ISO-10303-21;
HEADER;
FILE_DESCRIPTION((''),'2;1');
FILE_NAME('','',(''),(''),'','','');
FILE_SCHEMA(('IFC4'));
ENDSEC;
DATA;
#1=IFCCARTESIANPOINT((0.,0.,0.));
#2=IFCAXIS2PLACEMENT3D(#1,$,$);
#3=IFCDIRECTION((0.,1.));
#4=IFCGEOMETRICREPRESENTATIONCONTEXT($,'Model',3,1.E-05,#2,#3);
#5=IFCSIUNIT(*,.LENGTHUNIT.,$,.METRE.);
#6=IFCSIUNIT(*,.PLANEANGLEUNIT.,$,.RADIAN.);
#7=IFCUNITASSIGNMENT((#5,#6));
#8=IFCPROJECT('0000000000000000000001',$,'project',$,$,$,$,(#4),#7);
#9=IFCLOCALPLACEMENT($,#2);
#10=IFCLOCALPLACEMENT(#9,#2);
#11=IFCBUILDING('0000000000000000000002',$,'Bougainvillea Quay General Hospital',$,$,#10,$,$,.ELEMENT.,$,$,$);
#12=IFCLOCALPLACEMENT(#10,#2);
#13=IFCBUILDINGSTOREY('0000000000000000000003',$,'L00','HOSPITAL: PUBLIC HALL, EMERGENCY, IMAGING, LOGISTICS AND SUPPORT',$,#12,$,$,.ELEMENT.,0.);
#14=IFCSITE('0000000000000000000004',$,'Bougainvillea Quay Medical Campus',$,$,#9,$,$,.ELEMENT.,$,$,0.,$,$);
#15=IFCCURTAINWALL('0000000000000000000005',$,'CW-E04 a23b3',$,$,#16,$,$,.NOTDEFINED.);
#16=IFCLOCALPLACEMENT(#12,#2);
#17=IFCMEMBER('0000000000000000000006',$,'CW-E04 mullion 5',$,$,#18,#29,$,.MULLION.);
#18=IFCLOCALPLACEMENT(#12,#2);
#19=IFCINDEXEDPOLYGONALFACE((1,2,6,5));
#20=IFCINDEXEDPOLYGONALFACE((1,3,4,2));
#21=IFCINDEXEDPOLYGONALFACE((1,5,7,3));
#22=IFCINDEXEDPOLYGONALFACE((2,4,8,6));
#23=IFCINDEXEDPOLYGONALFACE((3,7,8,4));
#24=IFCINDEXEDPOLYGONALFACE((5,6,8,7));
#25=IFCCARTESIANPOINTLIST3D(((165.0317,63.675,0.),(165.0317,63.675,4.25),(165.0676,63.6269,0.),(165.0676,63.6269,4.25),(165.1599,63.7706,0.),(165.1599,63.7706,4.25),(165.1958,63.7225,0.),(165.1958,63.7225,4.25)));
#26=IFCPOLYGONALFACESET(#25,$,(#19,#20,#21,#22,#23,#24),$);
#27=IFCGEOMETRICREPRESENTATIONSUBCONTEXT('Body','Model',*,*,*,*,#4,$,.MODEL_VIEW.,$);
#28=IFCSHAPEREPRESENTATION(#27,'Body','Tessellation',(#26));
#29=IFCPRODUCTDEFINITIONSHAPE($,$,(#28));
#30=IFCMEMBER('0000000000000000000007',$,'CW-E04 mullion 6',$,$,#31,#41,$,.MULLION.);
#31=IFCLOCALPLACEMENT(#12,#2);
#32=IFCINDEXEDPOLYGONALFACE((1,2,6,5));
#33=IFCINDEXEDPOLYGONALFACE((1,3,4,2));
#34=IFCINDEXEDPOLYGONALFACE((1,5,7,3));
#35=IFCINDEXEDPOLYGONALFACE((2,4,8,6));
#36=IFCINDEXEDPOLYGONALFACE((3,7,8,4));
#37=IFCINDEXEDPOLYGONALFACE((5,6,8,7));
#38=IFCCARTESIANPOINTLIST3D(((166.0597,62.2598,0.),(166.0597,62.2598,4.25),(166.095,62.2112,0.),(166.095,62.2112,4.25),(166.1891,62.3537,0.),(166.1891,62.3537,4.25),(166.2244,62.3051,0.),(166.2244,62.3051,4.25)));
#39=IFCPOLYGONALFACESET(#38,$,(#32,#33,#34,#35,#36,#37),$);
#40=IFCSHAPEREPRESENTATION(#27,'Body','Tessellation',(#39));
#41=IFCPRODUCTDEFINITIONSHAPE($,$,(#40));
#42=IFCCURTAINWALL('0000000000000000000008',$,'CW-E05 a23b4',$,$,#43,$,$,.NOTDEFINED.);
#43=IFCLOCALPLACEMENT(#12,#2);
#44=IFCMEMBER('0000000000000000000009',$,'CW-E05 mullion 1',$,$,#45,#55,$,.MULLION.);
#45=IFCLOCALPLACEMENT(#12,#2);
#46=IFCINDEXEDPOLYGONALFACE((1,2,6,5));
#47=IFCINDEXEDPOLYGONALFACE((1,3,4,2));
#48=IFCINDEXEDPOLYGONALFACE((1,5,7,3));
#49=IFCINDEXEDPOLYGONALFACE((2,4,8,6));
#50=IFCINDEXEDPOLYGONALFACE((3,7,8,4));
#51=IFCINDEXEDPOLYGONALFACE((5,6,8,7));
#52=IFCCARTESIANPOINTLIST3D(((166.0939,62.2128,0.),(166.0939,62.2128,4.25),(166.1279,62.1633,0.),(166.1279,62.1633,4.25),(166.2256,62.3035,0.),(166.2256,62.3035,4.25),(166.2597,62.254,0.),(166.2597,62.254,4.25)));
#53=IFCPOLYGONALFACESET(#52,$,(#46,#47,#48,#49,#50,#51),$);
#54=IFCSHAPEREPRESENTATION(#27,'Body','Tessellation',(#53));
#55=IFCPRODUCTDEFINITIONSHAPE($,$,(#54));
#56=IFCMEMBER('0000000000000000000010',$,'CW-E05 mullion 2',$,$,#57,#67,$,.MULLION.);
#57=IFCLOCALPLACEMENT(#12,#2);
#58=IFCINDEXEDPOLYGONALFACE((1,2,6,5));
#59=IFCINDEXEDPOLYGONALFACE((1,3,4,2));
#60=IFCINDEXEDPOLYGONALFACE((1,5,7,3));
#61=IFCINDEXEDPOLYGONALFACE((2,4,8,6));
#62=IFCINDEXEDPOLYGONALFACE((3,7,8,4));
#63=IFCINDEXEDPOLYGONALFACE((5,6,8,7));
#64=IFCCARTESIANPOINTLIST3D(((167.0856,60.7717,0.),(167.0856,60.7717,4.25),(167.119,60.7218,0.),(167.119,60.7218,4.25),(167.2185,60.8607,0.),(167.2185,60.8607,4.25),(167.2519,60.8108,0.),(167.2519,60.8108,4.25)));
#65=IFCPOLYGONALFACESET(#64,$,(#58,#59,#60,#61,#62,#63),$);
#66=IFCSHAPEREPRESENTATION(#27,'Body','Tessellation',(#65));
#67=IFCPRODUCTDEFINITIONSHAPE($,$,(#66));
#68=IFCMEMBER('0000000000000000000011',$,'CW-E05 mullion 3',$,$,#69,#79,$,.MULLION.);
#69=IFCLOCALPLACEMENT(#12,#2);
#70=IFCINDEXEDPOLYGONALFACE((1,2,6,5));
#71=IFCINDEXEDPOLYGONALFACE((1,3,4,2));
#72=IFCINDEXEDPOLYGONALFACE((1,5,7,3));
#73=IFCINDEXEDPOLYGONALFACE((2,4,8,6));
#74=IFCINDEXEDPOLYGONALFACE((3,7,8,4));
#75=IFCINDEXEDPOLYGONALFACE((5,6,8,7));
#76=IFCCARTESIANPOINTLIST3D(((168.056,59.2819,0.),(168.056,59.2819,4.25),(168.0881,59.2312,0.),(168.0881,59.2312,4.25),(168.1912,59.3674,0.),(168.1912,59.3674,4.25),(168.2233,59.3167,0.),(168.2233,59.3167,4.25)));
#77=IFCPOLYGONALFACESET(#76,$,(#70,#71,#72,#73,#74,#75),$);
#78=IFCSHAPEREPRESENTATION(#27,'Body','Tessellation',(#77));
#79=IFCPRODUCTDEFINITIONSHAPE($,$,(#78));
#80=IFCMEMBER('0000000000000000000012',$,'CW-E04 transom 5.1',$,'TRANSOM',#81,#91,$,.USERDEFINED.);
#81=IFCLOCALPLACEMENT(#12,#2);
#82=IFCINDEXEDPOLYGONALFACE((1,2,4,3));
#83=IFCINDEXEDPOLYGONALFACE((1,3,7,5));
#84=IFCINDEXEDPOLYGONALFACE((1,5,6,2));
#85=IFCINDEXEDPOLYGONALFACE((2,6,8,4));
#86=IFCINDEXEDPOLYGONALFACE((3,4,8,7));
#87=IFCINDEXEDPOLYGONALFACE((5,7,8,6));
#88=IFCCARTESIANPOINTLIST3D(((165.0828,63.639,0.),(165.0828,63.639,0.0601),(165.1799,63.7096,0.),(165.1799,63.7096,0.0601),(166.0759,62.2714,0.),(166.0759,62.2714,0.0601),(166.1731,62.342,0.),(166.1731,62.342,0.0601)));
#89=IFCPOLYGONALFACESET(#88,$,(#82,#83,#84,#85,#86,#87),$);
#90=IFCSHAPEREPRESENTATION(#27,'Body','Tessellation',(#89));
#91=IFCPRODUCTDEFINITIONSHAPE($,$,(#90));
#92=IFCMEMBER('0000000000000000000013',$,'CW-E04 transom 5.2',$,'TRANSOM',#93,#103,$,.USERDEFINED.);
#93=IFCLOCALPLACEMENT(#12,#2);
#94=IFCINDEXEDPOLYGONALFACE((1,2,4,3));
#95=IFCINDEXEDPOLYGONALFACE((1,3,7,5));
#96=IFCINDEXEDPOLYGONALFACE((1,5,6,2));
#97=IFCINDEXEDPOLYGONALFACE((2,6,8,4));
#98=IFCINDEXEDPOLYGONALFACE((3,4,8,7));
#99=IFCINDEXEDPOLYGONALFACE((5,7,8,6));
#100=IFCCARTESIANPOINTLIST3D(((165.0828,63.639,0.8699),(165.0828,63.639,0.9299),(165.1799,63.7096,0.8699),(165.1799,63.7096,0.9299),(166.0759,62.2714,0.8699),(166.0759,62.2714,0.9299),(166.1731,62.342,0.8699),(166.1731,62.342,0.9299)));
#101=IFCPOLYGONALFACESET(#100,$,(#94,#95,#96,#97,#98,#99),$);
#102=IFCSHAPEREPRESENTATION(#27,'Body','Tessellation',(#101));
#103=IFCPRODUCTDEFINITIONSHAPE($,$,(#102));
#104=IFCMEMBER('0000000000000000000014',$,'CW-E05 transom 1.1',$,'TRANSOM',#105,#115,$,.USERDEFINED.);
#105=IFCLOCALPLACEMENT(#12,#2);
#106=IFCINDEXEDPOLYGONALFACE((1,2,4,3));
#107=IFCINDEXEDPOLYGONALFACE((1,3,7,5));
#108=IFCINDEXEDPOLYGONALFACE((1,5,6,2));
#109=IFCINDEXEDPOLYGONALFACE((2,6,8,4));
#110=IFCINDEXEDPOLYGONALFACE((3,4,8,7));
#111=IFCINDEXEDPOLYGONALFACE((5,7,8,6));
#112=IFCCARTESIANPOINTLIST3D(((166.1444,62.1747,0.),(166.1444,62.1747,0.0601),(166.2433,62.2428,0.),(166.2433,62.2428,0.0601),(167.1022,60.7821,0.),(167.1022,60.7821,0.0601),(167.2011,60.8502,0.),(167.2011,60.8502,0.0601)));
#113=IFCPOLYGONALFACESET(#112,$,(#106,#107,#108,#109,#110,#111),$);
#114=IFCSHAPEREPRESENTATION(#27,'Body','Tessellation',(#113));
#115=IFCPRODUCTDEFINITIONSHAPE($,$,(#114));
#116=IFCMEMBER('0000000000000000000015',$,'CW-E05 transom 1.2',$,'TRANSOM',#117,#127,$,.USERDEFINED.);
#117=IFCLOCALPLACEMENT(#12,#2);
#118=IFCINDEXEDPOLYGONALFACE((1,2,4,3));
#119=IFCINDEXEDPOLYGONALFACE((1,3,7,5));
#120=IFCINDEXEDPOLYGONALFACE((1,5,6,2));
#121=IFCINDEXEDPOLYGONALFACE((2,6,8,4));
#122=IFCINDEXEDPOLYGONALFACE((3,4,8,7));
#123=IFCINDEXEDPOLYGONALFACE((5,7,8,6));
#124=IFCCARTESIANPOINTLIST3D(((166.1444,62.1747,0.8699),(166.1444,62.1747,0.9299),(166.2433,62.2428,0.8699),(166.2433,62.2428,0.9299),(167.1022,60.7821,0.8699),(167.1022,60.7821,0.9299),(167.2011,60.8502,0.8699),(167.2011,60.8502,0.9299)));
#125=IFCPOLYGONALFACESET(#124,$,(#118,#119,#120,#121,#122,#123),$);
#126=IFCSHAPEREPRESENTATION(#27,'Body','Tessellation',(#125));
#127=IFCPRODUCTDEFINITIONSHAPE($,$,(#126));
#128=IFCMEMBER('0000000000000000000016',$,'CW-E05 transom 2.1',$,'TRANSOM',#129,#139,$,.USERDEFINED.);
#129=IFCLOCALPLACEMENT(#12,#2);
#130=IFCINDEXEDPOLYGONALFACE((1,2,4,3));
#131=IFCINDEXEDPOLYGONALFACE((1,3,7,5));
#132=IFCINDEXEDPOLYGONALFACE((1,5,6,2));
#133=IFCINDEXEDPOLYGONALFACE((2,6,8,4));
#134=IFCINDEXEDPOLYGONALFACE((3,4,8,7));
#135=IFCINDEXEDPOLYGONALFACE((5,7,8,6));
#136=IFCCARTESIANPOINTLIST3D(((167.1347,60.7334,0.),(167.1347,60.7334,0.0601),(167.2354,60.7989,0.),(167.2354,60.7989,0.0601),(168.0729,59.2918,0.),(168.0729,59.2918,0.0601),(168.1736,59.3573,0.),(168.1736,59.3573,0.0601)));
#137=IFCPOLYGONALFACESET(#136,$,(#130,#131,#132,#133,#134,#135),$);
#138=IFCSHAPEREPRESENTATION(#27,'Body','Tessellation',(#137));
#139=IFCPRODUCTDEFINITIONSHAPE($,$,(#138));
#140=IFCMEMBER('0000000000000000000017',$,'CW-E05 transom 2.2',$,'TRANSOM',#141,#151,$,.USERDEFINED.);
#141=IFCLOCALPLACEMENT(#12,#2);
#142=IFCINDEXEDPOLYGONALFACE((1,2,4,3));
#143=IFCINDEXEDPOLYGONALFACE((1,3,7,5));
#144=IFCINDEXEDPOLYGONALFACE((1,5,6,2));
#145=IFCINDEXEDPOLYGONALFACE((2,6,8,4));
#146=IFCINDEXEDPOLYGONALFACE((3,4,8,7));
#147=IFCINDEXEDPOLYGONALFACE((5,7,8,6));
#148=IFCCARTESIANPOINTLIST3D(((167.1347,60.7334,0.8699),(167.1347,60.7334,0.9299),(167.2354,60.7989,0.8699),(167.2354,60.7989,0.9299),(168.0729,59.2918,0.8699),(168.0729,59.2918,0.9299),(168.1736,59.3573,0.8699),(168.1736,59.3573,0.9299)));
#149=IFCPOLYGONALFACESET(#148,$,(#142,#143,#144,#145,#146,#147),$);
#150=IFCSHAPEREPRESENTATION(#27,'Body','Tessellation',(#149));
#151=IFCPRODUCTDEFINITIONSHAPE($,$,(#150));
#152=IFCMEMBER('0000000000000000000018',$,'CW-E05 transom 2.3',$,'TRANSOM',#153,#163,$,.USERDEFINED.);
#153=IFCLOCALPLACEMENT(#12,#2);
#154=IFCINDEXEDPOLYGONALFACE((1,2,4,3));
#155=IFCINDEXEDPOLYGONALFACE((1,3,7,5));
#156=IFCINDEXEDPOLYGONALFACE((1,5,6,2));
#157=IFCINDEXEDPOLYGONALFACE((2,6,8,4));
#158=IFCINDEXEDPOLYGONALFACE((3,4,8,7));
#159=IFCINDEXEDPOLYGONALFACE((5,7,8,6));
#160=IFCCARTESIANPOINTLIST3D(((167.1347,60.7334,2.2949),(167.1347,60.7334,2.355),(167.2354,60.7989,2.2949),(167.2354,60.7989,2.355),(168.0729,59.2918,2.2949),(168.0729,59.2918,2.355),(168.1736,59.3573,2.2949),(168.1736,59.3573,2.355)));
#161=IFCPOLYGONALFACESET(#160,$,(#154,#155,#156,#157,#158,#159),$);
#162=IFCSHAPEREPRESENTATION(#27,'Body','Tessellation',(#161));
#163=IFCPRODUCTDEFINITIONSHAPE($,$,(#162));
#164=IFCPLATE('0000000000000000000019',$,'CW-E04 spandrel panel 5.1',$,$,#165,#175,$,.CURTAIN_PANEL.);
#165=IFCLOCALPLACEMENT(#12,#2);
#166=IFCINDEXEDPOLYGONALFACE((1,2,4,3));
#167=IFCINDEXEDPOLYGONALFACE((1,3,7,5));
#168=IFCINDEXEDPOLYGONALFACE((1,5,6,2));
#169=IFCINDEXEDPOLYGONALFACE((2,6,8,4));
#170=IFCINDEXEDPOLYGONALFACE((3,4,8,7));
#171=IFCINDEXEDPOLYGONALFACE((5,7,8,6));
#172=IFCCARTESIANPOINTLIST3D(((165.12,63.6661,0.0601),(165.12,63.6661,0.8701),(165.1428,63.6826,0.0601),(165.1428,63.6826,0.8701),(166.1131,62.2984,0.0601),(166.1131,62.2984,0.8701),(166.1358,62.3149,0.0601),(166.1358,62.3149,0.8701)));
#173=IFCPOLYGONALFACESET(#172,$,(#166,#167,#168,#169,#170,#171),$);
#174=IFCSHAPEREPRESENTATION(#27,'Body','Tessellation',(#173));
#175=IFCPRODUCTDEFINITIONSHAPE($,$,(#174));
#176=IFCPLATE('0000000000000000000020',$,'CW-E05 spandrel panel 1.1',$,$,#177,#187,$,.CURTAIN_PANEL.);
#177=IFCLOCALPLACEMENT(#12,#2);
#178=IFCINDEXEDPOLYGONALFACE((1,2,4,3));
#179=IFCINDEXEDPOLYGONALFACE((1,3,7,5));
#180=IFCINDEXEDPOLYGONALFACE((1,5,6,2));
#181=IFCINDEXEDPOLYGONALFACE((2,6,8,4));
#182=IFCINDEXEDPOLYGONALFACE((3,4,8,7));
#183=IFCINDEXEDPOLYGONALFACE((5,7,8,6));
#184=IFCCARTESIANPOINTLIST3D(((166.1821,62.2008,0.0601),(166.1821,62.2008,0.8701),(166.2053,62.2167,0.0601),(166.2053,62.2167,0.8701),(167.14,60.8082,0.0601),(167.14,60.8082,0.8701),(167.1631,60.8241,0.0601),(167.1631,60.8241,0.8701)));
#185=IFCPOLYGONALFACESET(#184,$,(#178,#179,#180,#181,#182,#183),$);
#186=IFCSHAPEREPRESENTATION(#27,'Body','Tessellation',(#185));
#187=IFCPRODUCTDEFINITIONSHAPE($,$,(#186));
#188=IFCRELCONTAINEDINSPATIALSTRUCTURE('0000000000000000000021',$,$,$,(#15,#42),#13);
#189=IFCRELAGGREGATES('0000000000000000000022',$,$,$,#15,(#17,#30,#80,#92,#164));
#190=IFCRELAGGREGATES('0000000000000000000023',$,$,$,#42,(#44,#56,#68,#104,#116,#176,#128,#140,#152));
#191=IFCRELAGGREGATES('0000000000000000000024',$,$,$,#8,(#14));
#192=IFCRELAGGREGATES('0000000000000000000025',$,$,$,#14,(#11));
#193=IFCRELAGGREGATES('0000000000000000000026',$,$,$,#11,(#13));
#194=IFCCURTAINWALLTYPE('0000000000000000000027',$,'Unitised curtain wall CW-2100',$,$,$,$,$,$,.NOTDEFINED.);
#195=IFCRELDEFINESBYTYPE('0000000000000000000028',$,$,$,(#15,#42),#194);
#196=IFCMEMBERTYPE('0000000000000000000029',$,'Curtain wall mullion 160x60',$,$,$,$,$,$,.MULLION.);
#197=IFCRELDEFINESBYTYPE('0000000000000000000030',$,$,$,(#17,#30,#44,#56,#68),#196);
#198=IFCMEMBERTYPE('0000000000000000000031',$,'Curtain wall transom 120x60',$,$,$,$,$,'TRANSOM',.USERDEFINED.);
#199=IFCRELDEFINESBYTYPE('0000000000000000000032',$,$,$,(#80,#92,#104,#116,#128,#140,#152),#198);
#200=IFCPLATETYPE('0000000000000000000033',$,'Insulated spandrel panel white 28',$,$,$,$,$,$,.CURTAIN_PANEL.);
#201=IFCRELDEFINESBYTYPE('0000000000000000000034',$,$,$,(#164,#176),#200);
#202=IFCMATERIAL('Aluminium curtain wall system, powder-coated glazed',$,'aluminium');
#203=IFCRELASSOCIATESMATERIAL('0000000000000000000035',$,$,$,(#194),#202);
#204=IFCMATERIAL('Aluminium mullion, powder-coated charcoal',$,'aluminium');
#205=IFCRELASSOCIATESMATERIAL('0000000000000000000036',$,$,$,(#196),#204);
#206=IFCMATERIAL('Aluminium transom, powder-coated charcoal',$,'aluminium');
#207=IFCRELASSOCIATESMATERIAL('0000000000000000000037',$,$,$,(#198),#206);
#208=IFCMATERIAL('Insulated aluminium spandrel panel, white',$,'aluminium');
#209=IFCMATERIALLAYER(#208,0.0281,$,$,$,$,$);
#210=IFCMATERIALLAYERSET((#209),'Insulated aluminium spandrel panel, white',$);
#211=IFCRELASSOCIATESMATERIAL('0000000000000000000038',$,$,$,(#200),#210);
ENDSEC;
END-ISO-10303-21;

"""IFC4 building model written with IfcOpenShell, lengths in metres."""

from ifc_helpers import new_model, si_unit, direction, frame, origin, origin_2d, place, context, subcontext, project, spatial, rectangle, extrude, material, layer, layer_set, material_profile, profile_set, type_object, element, aggregate, save


model = new_model("IFC4")

# Units and contexts
model_context = context("Model", 3, precision=1e-05, world=origin(), true_north=direction((0.0, 1.0)))
body_context = subcontext(model_context, "Body", "Model", "MODEL_VIEW")
ifc_project = project(units=[si_unit("LENGTHUNIT", "METRE"), si_unit("PLANEANGLEUNIT", "RADIAN")], contexts=[model_context])

# Site, building, storey
site_placement = place(None, origin())
site = spatial("IfcSite", under=ifc_project, at=site_placement, Name="Bougainvillea Quay Medical Campus", CompositionType="ELEMENT", RefElevation=0.0)
building_placement = place(site_placement, origin())
building = spatial("IfcBuilding", under=site, at=building_placement, Name="Bougainvillea Quay General Hospital", CompositionType="ELEMENT")
storey_placement = place(building_placement, origin())
storey = spatial("IfcBuildingStorey", under=building, at=storey_placement, Name="L00", Description="HOSPITAL: PUBLIC HALL, EMERGENCY, IMAGING, LOGISTICS AND SUPPORT", CompositionType="ELEMENT", Elevation=0.0)

# Curtain walls, members
ifc_material_1 = material(Name="Aluminium curtain wall system, powder-coated glazed", Category="aluminium")
curtain_wall_type = type_object("IfcCurtainWallType", Name="Unitised curtain wall CW-2100", PredefinedType="NOTDEFINED", material=ifc_material_1)
curtain_wall_1_placement = place(storey_placement, origin())
curtain_wall_1 = element("IfcCurtainWall", 1, at=curtain_wall_1_placement, inside=storey, type_object=curtain_wall_type, Name="CW-E04 a23b3", PredefinedType="NOTDEFINED")
ifc_material_2 = material(Name="Aluminium mullion, powder-coated charcoal", Category="aluminium")
ifc_material_profile_1 = material_profile(ifc_material_2, rectangle(XDim=0.1599, YDim=0.0601, at=origin_2d()))
ifc_profile_set_1 = profile_set([ifc_material_profile_1], Name="Aluminium mullion, powder-coated charcoal")
member_type_1 = type_object("IfcMemberType", Name="Curtain wall mullion 160x60", PredefinedType="MULLION", material=ifc_profile_set_1)
member_1_placement = place(storey_placement, frame((165.1138, 63.6987, 0.0), z_axis=(0.0, 0.0, 1.0), x_axis=(0.801625, 0.597827, 0.0)))
member_1 = element("IfcMember", 2, at=member_1_placement, type_object=member_type_1, Name="CW-E04 mullion 5", PredefinedType="MULLION", context=body_context, shape_type="SweptSolid", body=[
    extrude(rectangle(XDim=0.1599, YDim=0.0601, at=origin_2d()), origin(), (0.0, 0.0, 1.0), 4.25),
])
member_2_placement = place(storey_placement, frame((166.1421, 62.2825, 0.0), z_axis=(0.0, 0.0, 1.0), x_axis=(0.809189, 0.587548, 0.0)))
member_2 = element("IfcMember", 3, at=member_2_placement, type_object=member_type_1, Name="CW-E04 mullion 6", PredefinedType="MULLION", context=body_context, shape_type="SweptSolid", body=[
    extrude(rectangle(XDim=0.1599, YDim=0.0601, at=origin_2d()), origin(), (0.0, 0.0, 1.0), 4.25),
])
curtain_wall_2_placement = place(storey_placement, origin())
curtain_wall_2 = element("IfcCurtainWall", 4, at=curtain_wall_2_placement, inside=storey, type_object=curtain_wall_type, Name="CW-E05 a23b4", PredefinedType="NOTDEFINED")
member_3_placement = place(storey_placement, frame((166.1768, 62.2334, 0.0), z_axis=(0.0, 0.0, 1.0), x_axis=(0.823921, 0.566705, 0.0)))
member_3 = element("IfcMember", 5, at=member_3_placement, type_object=member_type_1, Name="CW-E05 mullion 1", PredefinedType="MULLION", context=body_context, shape_type="SweptSolid", body=[
    extrude(rectangle(XDim=0.1599, YDim=0.0601, at=origin_2d()), origin(), (0.0, 0.0, 1.0), 4.25),
])
member_4_placement = place(storey_placement, frame((167.1687, 60.7913, 0.0), z_axis=(0.0, 0.0, 1.0), x_axis=(0.831085, 0.556145, 0.0)))
member_4 = element("IfcMember", 6, at=member_4_placement, type_object=member_type_1, Name="CW-E05 mullion 2", PredefinedType="MULLION", context=body_context, shape_type="SweptSolid", body=[
    extrude(rectangle(XDim=0.1599, YDim=0.0601, at=origin_2d()), origin(), (0.0, 0.0, 1.0), 4.25),
])
member_5_placement = place(storey_placement, frame((168.1396, 59.2993, 0.0), z_axis=(0.0, 0.0, 1.0), x_axis=(0.845008, 0.534754, 0.0)))
member_5 = element("IfcMember", 7, at=member_5_placement, type_object=member_type_1, Name="CW-E05 mullion 3", PredefinedType="MULLION", context=body_context, shape_type="SweptSolid", body=[
    extrude(rectangle(XDim=0.1599, YDim=0.0601, at=origin_2d()), origin(), (0.0, 0.0, 1.0), 4.25),
])

# Members
ifc_material_3 = material(Name="Aluminium transom, powder-coated charcoal", Category="aluminium")
ifc_material_profile_2 = material_profile(ifc_material_3, rectangle(XDim=0.1201, YDim=0.0601, at=origin_2d()))
ifc_profile_set_2 = profile_set([ifc_material_profile_2], Name="Aluminium transom, powder-coated charcoal")
member_type_2 = type_object("IfcMemberType", Name="Curtain wall transom 120x60", ElementType="TRANSOM", PredefinedType="USERDEFINED", material=ifc_profile_set_2)
member_6_placement = place(storey_placement, frame((165.1313, 63.6743, 0.03), z_axis=(0.587588, -0.809161, 0.0), x_axis=(0.809161, 0.587588, 0.0)))
member_6 = element("IfcMember", 8, at=member_6_placement, type_object=member_type_2, Name="CW-E04 transom 5.1", ObjectType="TRANSOM", PredefinedType="USERDEFINED", context=body_context, shape_type="SweptSolid", body=[
    extrude(rectangle(XDim=0.1201, YDim=0.0601, at=origin_2d()), origin(), (0.0, 0.0, 1.0), 1.6902),
])
member_7_placement = place(storey_placement, frame((165.1313, 63.6743, 0.8999), z_axis=(0.587588, -0.809161, 0.0), x_axis=(0.809161, 0.587588, 0.0)))
member_7 = element("IfcMember", 9, at=member_7_placement, type_object=member_type_2, Name="CW-E04 transom 5.2", ObjectType="TRANSOM", PredefinedType="USERDEFINED", context=body_context, shape_type="SweptSolid", body=[
    extrude(rectangle(XDim=0.1201, YDim=0.0601, at=origin_2d()), origin(), (0.0, 0.0, 1.0), 1.6902),
])
member_8_placement = place(storey_placement, frame((166.1938, 62.2087, 0.03), z_axis=(0.566676, -0.823941, 0.0), x_axis=(0.823941, 0.566676, 0.0)))
member_8 = element("IfcMember", 10, at=member_8_placement, type_object=member_type_2, Name="CW-E05 transom 1.1", ObjectType="TRANSOM", PredefinedType="USERDEFINED", context=body_context, shape_type="SweptSolid", body=[
    extrude(rectangle(XDim=0.1201, YDim=0.0601, at=origin_2d()), origin(), (0.0, 0.0, 1.0), 1.6902),
])
member_9_placement = place(storey_placement, frame((166.1938, 62.2087, 0.8999), z_axis=(0.566676, -0.823941, 0.0), x_axis=(0.823941, 0.566676, 0.0)))
member_9 = element("IfcMember", 11, at=member_9_placement, type_object=member_type_2, Name="CW-E05 transom 1.2", ObjectType="TRANSOM", PredefinedType="USERDEFINED", context=body_context, shape_type="SweptSolid", body=[
    extrude(rectangle(XDim=0.1201, YDim=0.0601, at=origin_2d()), origin(), (0.0, 0.0, 1.0), 1.6902),
])
member_10_placement = place(storey_placement, frame((167.1851, 60.7661, 0.03), z_axis=(0.545462, -0.838135, 0.0), x_axis=(0.838135, 0.545462, 0.0)))
member_10 = element("IfcMember", 12, at=member_10_placement, type_object=member_type_2, Name="CW-E05 transom 2.1", ObjectType="TRANSOM", PredefinedType="USERDEFINED", context=body_context, shape_type="SweptSolid", body=[
    extrude(rectangle(XDim=0.1201, YDim=0.0601, at=origin_2d()), origin(), (0.0, 0.0, 1.0), 1.72),
])
member_11_placement = place(storey_placement, frame((167.1851, 60.7661, 0.8999), z_axis=(0.545462, -0.838135, 0.0), x_axis=(0.838135, 0.545462, 0.0)))
member_11 = element("IfcMember", 13, at=member_11_placement, type_object=member_type_2, Name="CW-E05 transom 2.2", ObjectType="TRANSOM", PredefinedType="USERDEFINED", context=body_context, shape_type="SweptSolid", body=[
    extrude(rectangle(XDim=0.1201, YDim=0.0601, at=origin_2d()), origin(), (0.0, 0.0, 1.0), 1.72),
])
member_12_placement = place(storey_placement, frame((167.1851, 60.7661, 2.325), z_axis=(0.545462, -0.838135, 0.0), x_axis=(0.838135, 0.545462, 0.0)))
member_12 = element("IfcMember", 14, at=member_12_placement, type_object=member_type_2, Name="CW-E05 transom 2.3", ObjectType="TRANSOM", PredefinedType="USERDEFINED", context=body_context, shape_type="SweptSolid", body=[
    extrude(rectangle(XDim=0.1201, YDim=0.0601, at=origin_2d()), origin(), (0.0, 0.0, 1.0), 1.72),
])

# Plates
ifc_material_4 = material(Name="Insulated aluminium spandrel panel, white", Category="aluminium")
ifc_layer_1 = layer(ifc_material_4, 0.0281)
ifc_layer_set_1 = layer_set([ifc_layer_1], Name="Insulated aluminium spandrel panel, white")
plate_type_1 = type_object("IfcPlateType", Name="Insulated spandrel panel white 28", PredefinedType="CURTAIN_PANEL", material=ifc_layer_set_1)
plate_1_placement = place(storey_placement, frame((165.6279, 62.9905, 0.0601), z_axis=(0.0, 0.0, 1.0), x_axis=(0.587548, -0.809189, 0.0)))
plate_1 = element("IfcPlate", 15, at=plate_1_placement, type_object=plate_type_1, Name="CW-E04 spandrel panel 5.1", PredefinedType="CURTAIN_PANEL", context=body_context, shape_type="SweptSolid", body=[
    extrude(rectangle(XDim=1.6902, YDim=0.0281, at=origin_2d()), origin(), (0.0, 0.0, 1.0), 0.8101),
])
plate_2_placement = place(storey_placement, frame((166.6726, 61.5125, 0.0601), z_axis=(0.0, 0.0, 1.0), x_axis=(0.566705, -0.823921, 0.0)))
plate_2 = element("IfcPlate", 16, at=plate_2_placement, type_object=plate_type_1, Name="CW-E05 spandrel panel 1.1", PredefinedType="CURTAIN_PANEL", context=body_context, shape_type="SweptSolid", body=[
    extrude(rectangle(XDim=1.6902, YDim=0.0281, at=origin_2d()), origin(), (0.0, 0.0, 1.0), 0.8101),
])
aggregate(curtain_wall_1, [member_1, member_2, member_6, member_7, plate_1])
aggregate(curtain_wall_2, [member_3, member_4, member_5, member_8, member_9, plate_2, member_10, member_11, member_12])

save(model, "model.ifc")
